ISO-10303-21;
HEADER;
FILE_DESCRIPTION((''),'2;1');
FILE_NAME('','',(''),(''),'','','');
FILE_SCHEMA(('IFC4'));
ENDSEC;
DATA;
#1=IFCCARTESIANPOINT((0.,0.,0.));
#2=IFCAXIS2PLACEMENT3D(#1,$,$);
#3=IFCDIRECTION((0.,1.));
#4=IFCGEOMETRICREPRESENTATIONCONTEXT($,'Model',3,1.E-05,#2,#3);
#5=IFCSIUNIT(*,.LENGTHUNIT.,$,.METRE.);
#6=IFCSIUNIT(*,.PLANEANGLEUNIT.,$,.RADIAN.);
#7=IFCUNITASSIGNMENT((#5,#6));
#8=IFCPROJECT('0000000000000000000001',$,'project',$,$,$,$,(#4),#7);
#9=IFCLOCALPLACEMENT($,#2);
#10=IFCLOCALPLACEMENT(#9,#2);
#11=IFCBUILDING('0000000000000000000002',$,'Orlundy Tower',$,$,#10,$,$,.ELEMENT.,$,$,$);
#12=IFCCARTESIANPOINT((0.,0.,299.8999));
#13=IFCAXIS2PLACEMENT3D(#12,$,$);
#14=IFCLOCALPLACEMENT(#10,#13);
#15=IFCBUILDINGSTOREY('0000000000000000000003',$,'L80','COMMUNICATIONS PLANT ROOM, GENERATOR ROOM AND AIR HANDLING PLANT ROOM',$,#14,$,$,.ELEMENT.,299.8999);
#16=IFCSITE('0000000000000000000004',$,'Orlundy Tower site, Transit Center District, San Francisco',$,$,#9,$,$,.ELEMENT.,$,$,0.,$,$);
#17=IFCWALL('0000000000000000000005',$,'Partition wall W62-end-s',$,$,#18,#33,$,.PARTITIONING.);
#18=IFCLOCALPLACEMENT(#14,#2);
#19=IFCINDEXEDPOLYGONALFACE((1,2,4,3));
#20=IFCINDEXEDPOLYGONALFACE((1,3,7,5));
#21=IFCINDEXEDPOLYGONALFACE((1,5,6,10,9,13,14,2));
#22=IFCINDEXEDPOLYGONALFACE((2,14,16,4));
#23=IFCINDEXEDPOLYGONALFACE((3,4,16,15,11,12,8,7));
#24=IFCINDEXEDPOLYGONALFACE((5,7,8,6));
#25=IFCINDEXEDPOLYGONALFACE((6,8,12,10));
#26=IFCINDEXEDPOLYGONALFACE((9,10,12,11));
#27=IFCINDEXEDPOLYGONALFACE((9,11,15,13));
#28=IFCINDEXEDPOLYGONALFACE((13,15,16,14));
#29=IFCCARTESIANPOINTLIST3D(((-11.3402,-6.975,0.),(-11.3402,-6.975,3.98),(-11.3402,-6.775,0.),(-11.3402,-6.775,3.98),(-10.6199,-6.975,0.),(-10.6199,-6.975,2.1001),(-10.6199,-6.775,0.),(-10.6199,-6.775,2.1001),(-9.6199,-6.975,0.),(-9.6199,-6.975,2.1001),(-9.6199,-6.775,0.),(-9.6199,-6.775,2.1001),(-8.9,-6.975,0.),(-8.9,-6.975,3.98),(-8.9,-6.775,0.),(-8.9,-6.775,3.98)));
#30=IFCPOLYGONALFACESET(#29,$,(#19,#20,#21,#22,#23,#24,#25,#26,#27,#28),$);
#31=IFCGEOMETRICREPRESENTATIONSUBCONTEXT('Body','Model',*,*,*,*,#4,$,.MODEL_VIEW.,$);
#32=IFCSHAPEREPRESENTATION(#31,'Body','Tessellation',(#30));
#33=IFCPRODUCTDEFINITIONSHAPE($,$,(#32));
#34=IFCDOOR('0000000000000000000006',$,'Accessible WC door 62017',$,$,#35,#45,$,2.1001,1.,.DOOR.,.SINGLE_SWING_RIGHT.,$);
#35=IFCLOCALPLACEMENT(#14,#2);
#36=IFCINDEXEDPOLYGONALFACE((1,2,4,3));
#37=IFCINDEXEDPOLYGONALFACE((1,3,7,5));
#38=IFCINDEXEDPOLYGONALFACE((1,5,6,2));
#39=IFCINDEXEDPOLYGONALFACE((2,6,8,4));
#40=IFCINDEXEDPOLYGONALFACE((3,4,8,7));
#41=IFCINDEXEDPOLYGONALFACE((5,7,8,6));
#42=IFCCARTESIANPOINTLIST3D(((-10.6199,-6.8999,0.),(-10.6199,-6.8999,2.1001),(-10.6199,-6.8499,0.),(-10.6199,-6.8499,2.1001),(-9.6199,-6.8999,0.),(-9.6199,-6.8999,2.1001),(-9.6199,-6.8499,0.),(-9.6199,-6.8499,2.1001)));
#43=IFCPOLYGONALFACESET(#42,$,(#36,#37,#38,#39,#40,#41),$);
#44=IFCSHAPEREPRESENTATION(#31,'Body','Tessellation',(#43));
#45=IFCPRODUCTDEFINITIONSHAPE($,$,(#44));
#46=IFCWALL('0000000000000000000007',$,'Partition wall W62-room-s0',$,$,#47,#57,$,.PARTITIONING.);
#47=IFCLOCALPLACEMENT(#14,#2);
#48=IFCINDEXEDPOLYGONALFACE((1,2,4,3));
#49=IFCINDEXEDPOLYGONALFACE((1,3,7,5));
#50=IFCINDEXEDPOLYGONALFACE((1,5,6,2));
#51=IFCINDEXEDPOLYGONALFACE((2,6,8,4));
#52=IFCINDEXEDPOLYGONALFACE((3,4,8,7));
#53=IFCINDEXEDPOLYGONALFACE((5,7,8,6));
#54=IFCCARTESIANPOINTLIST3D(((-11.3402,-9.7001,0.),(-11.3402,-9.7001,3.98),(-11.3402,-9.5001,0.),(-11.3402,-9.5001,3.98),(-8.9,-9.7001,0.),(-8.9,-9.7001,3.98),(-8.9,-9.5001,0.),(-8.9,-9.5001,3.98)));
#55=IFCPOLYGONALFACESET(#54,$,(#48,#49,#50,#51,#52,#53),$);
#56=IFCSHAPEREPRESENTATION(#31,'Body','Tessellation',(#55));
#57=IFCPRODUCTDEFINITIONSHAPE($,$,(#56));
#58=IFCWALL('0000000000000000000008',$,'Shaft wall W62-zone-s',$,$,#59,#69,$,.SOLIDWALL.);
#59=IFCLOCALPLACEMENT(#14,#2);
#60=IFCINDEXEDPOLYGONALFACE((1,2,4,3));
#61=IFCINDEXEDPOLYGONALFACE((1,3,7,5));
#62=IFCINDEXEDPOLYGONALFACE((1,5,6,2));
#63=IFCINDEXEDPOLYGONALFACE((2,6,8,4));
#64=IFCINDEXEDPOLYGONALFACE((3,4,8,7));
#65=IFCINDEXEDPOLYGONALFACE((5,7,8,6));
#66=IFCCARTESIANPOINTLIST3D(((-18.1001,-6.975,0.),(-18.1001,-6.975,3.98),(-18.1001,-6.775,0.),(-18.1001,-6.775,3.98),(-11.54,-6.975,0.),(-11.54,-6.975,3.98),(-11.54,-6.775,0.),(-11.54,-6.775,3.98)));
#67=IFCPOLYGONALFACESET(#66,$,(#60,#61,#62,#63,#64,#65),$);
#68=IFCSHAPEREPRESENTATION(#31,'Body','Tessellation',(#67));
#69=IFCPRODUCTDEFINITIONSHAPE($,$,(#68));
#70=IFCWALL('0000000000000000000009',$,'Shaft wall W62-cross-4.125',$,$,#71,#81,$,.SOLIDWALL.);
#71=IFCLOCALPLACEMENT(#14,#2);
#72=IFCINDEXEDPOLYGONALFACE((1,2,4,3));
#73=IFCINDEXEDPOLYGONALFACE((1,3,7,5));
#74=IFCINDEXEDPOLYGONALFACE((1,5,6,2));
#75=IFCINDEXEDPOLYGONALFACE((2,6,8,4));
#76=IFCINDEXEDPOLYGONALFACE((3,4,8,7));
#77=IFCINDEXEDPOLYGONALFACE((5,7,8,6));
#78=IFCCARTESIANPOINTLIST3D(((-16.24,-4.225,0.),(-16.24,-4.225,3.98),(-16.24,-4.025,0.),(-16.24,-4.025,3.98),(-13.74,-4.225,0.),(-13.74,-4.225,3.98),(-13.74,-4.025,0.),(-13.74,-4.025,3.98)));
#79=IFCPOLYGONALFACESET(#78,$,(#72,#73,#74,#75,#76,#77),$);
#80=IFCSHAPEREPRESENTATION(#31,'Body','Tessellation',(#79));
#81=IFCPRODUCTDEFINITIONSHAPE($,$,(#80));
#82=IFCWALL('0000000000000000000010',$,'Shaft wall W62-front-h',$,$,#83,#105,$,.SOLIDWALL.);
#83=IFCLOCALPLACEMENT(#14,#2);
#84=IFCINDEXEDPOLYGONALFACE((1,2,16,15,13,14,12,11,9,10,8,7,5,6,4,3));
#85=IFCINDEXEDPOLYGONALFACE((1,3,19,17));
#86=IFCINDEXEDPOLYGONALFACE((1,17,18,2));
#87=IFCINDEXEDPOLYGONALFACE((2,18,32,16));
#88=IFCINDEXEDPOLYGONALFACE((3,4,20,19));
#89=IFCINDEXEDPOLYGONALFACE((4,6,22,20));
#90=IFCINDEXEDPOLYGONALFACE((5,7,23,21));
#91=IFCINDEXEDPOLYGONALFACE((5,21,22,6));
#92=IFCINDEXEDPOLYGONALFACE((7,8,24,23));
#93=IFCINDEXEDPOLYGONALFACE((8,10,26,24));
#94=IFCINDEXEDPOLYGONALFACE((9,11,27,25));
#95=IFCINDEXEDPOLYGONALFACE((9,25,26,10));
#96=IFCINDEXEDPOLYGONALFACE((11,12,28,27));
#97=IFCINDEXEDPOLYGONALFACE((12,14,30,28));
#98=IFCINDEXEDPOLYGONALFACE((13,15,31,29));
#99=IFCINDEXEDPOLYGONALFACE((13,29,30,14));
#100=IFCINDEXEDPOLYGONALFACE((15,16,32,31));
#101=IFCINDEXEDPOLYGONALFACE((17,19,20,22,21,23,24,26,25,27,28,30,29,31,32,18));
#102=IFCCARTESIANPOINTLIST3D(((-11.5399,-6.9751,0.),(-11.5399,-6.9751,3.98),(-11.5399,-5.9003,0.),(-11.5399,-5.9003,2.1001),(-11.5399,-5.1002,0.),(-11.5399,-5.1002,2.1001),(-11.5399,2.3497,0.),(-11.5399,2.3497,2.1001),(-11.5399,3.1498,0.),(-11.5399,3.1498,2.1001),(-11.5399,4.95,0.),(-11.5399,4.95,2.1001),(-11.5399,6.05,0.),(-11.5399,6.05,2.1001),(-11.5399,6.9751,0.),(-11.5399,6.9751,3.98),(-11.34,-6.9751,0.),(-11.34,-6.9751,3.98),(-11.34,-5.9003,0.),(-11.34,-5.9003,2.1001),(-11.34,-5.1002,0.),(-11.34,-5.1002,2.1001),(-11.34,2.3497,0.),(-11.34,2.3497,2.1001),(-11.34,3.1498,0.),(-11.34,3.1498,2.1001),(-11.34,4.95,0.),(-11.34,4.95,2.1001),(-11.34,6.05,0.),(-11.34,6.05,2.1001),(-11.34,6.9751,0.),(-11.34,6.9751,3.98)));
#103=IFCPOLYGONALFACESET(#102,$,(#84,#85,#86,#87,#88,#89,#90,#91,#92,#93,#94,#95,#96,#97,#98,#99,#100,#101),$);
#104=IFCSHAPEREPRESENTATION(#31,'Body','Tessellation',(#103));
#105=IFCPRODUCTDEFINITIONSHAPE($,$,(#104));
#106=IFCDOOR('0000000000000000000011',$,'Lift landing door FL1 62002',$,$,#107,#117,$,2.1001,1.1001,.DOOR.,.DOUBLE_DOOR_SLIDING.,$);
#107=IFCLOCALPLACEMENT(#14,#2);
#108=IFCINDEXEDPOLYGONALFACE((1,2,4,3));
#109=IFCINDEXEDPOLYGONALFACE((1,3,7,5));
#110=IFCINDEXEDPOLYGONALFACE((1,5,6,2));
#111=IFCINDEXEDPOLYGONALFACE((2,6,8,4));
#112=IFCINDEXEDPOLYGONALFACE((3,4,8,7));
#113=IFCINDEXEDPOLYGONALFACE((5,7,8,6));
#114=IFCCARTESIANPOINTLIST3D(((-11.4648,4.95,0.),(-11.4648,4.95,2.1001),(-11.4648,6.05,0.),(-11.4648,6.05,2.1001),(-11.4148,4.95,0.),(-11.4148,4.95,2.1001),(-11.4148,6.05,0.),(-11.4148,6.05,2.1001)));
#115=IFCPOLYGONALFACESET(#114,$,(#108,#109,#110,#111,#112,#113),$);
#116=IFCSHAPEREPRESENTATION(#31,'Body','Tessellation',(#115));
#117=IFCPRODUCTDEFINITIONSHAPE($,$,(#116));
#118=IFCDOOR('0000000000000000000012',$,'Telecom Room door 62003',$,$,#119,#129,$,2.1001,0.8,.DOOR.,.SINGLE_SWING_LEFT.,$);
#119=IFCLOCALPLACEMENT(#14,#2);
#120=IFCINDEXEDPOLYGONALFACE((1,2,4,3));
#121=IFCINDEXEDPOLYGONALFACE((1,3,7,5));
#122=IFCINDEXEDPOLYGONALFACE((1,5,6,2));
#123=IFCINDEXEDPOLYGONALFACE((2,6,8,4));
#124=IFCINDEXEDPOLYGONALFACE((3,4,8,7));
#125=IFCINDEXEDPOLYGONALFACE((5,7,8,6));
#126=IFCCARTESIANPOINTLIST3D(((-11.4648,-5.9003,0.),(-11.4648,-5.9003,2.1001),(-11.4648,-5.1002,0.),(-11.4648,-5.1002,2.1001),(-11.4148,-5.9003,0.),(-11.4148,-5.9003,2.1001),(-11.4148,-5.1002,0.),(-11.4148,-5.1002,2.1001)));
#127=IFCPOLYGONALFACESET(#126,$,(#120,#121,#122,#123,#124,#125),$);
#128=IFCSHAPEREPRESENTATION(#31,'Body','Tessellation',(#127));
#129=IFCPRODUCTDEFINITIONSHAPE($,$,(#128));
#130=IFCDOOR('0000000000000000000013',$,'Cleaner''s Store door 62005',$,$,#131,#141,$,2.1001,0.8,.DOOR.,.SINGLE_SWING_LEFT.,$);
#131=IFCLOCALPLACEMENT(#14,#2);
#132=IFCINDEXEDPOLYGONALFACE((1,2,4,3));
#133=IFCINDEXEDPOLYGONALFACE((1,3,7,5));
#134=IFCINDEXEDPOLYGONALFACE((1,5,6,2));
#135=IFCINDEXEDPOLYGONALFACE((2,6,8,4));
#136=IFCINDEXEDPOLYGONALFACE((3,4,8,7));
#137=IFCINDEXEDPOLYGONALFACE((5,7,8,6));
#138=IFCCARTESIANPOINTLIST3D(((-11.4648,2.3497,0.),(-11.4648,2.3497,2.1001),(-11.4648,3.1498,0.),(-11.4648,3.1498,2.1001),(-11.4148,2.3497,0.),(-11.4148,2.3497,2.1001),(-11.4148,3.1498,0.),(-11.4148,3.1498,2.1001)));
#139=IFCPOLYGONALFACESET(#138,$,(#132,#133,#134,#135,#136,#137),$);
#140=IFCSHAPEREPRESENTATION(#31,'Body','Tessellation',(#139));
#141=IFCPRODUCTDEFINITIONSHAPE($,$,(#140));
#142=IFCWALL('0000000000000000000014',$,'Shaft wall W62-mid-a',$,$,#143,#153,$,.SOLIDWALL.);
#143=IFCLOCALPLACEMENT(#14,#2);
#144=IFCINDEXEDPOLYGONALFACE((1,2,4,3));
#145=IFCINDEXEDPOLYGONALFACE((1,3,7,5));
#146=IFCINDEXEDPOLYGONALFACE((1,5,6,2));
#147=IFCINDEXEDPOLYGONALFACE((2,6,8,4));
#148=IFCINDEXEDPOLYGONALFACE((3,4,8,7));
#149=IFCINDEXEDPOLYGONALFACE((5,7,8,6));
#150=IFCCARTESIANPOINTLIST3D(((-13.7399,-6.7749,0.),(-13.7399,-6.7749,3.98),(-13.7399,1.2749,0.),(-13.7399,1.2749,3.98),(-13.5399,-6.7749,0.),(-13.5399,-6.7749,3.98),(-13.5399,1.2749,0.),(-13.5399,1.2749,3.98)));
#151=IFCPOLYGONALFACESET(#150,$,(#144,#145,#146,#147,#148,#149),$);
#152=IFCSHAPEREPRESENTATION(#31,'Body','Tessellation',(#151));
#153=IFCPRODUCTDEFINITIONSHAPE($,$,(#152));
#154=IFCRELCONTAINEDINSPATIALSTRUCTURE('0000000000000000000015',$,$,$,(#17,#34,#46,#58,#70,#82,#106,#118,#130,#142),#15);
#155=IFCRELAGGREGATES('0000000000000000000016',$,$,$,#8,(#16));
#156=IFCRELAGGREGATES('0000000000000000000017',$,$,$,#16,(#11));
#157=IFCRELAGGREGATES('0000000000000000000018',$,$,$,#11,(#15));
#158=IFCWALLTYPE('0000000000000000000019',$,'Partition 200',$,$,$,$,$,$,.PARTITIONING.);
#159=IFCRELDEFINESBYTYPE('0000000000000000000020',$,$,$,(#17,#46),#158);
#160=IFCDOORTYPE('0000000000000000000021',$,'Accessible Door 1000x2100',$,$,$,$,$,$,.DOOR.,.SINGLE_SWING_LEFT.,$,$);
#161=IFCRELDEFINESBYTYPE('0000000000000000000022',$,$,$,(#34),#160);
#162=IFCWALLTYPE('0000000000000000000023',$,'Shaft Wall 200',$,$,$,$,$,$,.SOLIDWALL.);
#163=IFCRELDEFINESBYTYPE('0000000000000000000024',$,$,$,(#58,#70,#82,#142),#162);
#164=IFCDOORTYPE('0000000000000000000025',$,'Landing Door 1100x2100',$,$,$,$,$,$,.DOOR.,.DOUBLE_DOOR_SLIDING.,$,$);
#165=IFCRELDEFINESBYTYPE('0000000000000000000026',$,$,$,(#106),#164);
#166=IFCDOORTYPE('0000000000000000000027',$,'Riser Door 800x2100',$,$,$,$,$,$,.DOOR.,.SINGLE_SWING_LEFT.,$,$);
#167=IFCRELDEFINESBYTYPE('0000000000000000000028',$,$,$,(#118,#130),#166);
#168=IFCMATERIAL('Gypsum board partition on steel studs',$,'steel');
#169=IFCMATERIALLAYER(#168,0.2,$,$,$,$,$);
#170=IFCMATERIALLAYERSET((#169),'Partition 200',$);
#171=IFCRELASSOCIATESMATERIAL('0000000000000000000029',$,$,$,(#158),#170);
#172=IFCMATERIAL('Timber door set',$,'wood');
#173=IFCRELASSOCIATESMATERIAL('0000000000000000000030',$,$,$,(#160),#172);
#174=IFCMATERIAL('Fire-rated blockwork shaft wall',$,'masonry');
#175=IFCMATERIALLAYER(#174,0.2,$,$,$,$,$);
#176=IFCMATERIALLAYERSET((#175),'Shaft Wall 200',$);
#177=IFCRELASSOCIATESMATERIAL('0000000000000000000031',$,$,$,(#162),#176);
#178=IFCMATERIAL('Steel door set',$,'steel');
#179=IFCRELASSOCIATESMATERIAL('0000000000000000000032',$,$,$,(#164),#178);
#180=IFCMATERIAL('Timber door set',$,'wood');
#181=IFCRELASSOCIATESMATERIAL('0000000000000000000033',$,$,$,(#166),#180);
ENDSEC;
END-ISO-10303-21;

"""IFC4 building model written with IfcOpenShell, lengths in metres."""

from ifc_helpers import new_model, si_unit, direction, frame, frame_2d, origin, place, context, subcontext, project, spatial, rectangle, extrude, material, layer, layer_set, type_object, element, fill, save


model = new_model("IFC4")

# Units and contexts
model_context = context("Model", 3, precision=1e-05, world=origin(), true_north=direction((0.0, 1.0)))
body_context = subcontext(model_context, "Body", "Model", "MODEL_VIEW")
ifc_project = project(units=[si_unit("LENGTHUNIT", "METRE"), si_unit("PLANEANGLEUNIT", "RADIAN")], contexts=[model_context])

# Site, building, storey
site_placement = place(None, origin())
site = spatial("IfcSite", under=ifc_project, at=site_placement, Name="Orlundy Tower site, Transit Center District, San Francisco", CompositionType="ELEMENT", RefElevation=0.0)
building_placement = place(site_placement, origin())
building = spatial("IfcBuilding", under=site, at=building_placement, Name="Orlundy Tower", CompositionType="ELEMENT")
storey_placement = place(building_placement, frame((0.0, 0.0, 299.8999)))
storey = spatial("IfcBuildingStorey", under=building, at=storey_placement, Name="L80", Description="COMMUNICATIONS PLANT ROOM, GENERATOR ROOM AND AIR HANDLING PLANT ROOM", CompositionType="ELEMENT", Elevation=299.8999)

# Wall, opening, door
ifc_material_1 = material(Name="Gypsum board partition on steel studs", Category="steel")
ifc_layer_1 = layer(ifc_material_1, 0.2)
ifc_layer_set_1 = layer_set([ifc_layer_1], Name="Partition 200")
wall_type_1 = type_object("IfcWallType", Name="Partition 200", PredefinedType="PARTITIONING", material=ifc_layer_set_1)
wall_1_placement = place(storey_placement, frame((-8.8999, -6.875, 0.0), z_axis=(0.0, 0.0, 1.0), x_axis=(-1.0, 0.0, 0.0)))
wall_1 = element("IfcWall", 1, at=wall_1_placement, inside=storey, type_object=wall_type_1, Name="Partition wall W62-end-s", PredefinedType="PARTITIONING", context=body_context, shape_type="SweptSolid", body=[
    extrude(rectangle(XDim=2.4402, YDim=0.2, at=frame_2d((1.2202, 0.0))), origin(), (0.0, 0.0, 1.0), 3.98),
])
opening_1_placement = place(wall_1_placement, frame((0.72, 0.0, 0.0)))
opening_1 = element("IfcOpeningElement", 2, at=opening_1_placement, cuts=wall_1, PredefinedType="OPENING", context=body_context, shape_type="SweptSolid", body=[
    extrude(rectangle(XDim=1.0, YDim=2.1001, at=frame_2d((0.5, 1.05))), frame((0.0, 0.1101, 0.0), z_axis=(0.0, -1.0, 0.0), x_axis=(1.0, 0.0, 0.0)), (0.0, 0.0, 1.0), 0.2202),
])
ifc_material_2 = material(Name="Timber door set", Category="wood")
door_type_1 = type_object("IfcDoorType", Name="Accessible Door 1000x2100", OperationType="SINGLE_SWING_LEFT", PredefinedType="DOOR", material=ifc_material_2)
door_1_placement = place(opening_1_placement, origin())
door_1 = element("IfcDoor", 3, at=door_1_placement, inside=storey, type_object=door_type_1, Name="Accessible WC door 62017", OperationType="SINGLE_SWING_RIGHT", OverallHeight=2.1001, OverallWidth=1.0, PredefinedType="DOOR", context=body_context, shape_type="SweptSolid", body=[
    extrude(rectangle(XDim=1.0, YDim=2.1001, at=frame_2d((0.5, 1.05))), frame((0.0, 0.0249, 0.0), z_axis=(0.0, -1.0, 0.0), x_axis=(1.0, 0.0, 0.0)), (0.0, 0.0, 1.0), 0.05),
])
fill(opening_1, door_1)

# Walls
wall_2_placement = place(storey_placement, frame((-8.8999, -9.6001, 0.0), z_axis=(0.0, 0.0, 1.0), x_axis=(-1.0, 0.0, 0.0)))
element("IfcWall", 4, at=wall_2_placement, inside=storey, type_object=wall_type_1, Name="Partition wall W62-room-s0", PredefinedType="PARTITIONING", context=body_context, shape_type="SweptSolid", body=[
    extrude(rectangle(XDim=2.4402, YDim=0.2, at=frame_2d((1.2202, 0.0))), origin(), (0.0, 0.0, 1.0), 3.98),
])
ifc_material_3 = material(Name="Fire-rated blockwork shaft wall", Category="masonry")
ifc_layer_2 = layer(ifc_material_3, 0.2)
ifc_layer_set_2 = layer_set([ifc_layer_2], Name="Shaft Wall 200")
wall_type_2 = type_object("IfcWallType", Name="Shaft Wall 200", PredefinedType="SOLIDWALL", material=ifc_layer_set_2)
wall_3_placement = place(storey_placement, frame((-11.54, -6.875, 0.0), z_axis=(0.0, 0.0, 1.0), x_axis=(-1.0, 0.0, 0.0)))
element("IfcWall", 5, at=wall_3_placement, inside=storey, type_object=wall_type_2, Name="Shaft wall W62-zone-s", PredefinedType="SOLIDWALL", context=body_context, shape_type="SweptSolid", body=[
    extrude(rectangle(XDim=6.5601, YDim=0.2, at=frame_2d((3.28, 0.0))), origin(), (0.0, 0.0, 1.0), 3.98),
])
wall_4_placement = place(storey_placement, frame((-13.74, -4.125, 0.0), z_axis=(0.0, 0.0, 1.0), x_axis=(-1.0, 0.0, 0.0)))
element("IfcWall", 6, at=wall_4_placement, inside=storey, type_object=wall_type_2, Name="Shaft wall W62-cross-4.125", PredefinedType="SOLIDWALL", context=body_context, shape_type="SweptSolid", body=[
    extrude(rectangle(XDim=2.5, YDim=0.2, at=frame_2d((1.25, 0.0))), origin(), (0.0, 0.0, 1.0), 3.98),
])

# Wall, openings, doors
wall_5_placement = place(storey_placement, frame((-11.4399, -6.9751, 0.0), z_axis=(0.0, 0.0, 1.0), x_axis=(0.0, 1.0, 0.0)))
wall_5 = element("IfcWall", 7, at=wall_5_placement, inside=storey, type_object=wall_type_2, Name="Shaft wall W62-front-h", PredefinedType="SOLIDWALL", context=body_context, shape_type="SweptSolid", body=[
    extrude(rectangle(XDim=13.9502, YDim=0.2, at=frame_2d((6.9751, 0.0))), origin(), (0.0, 0.0, 1.0), 3.98),
])
opening_2_placement = place(wall_5_placement, frame((11.925, 0.0, 0.0)))
opening_2 = element("IfcOpeningElement", 8, at=opening_2_placement, cuts=wall_5, PredefinedType="OPENING", context=body_context, shape_type="SweptSolid", body=[
    extrude(rectangle(XDim=1.1001, YDim=2.1001, at=frame_2d((0.55, 1.05))), frame((0.0, 0.1101, 0.0), z_axis=(0.0, -1.0, 0.0), x_axis=(1.0, 0.0, 0.0)), (0.0, 0.0, 1.0), 0.2202),
])
opening_3_placement = place(wall_5_placement, frame((1.075, 0.0, 0.0)))
opening_3 = element("IfcOpeningElement", 9, at=opening_3_placement, cuts=wall_5, PredefinedType="OPENING", context=body_context, shape_type="SweptSolid", body=[
    extrude(rectangle(XDim=0.8, YDim=2.1001, at=frame_2d((0.3999, 1.05))), frame((0.0, 0.1101, 0.0), z_axis=(0.0, -1.0, 0.0), x_axis=(1.0, 0.0, 0.0)), (0.0, 0.0, 1.0), 0.2202),
])
opening_4_placement = place(wall_5_placement, frame((9.325, 0.0, 0.0)))
opening_4 = element("IfcOpeningElement", 10, at=opening_4_placement, cuts=wall_5, PredefinedType="OPENING", context=body_context, shape_type="SweptSolid", body=[
    extrude(rectangle(XDim=0.8, YDim=2.1001, at=frame_2d((0.3999, 1.05))), frame((0.0, 0.1101, 0.0), z_axis=(0.0, -1.0, 0.0), x_axis=(1.0, 0.0, 0.0)), (0.0, 0.0, 1.0), 0.2202),
])
ifc_material_4 = material(Name="Steel door set", Category="steel")
door_type_2 = type_object("IfcDoorType", Name="Landing Door 1100x2100", OperationType="DOUBLE_DOOR_SLIDING", PredefinedType="DOOR", material=ifc_material_4)
door_2_placement = place(opening_2_placement, origin())
door_2 = element("IfcDoor", 11, at=door_2_placement, inside=storey, type_object=door_type_2, Name="Lift landing door FL1 62002", OperationType="DOUBLE_DOOR_SLIDING", OverallHeight=2.1001, OverallWidth=1.1001, PredefinedType="DOOR", context=body_context, shape_type="SweptSolid", body=[
    extrude(rectangle(XDim=1.1001, YDim=2.1001, at=frame_2d((0.55, 1.05))), frame((0.0, 0.0249, 0.0), z_axis=(0.0, -1.0, 0.0), x_axis=(1.0, 0.0, 0.0)), (0.0, 0.0, 1.0), 0.05),
])
fill(opening_2, door_2)
ifc_material_5 = material(Name="Timber door set", Category="wood")
door_type_3 = type_object("IfcDoorType", Name="Riser Door 800x2100", OperationType="SINGLE_SWING_LEFT", PredefinedType="DOOR", material=ifc_material_5)
door_3_placement = place(opening_3_placement, origin())
door_3 = element("IfcDoor", 12, at=door_3_placement, inside=storey, type_object=door_type_3, Name="Telecom Room door 62003", OperationType="SINGLE_SWING_LEFT", OverallHeight=2.1001, OverallWidth=0.8, PredefinedType="DOOR", context=body_context, shape_type="SweptSolid", body=[
    extrude(rectangle(XDim=0.8, YDim=2.1001, at=frame_2d((0.3999, 1.05))), frame((0.0, 0.0249, 0.0), z_axis=(0.0, -1.0, 0.0), x_axis=(1.0, 0.0, 0.0)), (0.0, 0.0, 1.0), 0.05),
])
fill(opening_3, door_3)
door_4_placement = place(opening_4_placement, origin())
door_4 = element("IfcDoor", 13, at=door_4_placement, inside=storey, type_object=door_type_3, Name="Cleaner's Store door 62005", OperationType="SINGLE_SWING_LEFT", OverallHeight=2.1001, OverallWidth=0.8, PredefinedType="DOOR", context=body_context, shape_type="SweptSolid", body=[
    extrude(rectangle(XDim=0.8, YDim=2.1001, at=frame_2d((0.3999, 1.05))), frame((0.0, 0.0249, 0.0), z_axis=(0.0, -1.0, 0.0), x_axis=(1.0, 0.0, 0.0)), (0.0, 0.0, 1.0), 0.05),
])
fill(opening_4, door_4)

# Wall
wall_6_placement = place(storey_placement, frame((-13.6399, -6.7749, 0.0), z_axis=(0.0, 0.0, 1.0), x_axis=(0.0, 1.0, 0.0)))
element("IfcWall", 14, at=wall_6_placement, inside=storey, type_object=wall_type_2, Name="Shaft wall W62-mid-a", PredefinedType="SOLIDWALL", context=body_context, shape_type="SweptSolid", body=[
    extrude(rectangle(XDim=8.0498, YDim=0.2, at=frame_2d((4.0249, 0.0))), origin(), (0.0, 0.0, 1.0), 3.98),
])

save(model, "model.ifc")
